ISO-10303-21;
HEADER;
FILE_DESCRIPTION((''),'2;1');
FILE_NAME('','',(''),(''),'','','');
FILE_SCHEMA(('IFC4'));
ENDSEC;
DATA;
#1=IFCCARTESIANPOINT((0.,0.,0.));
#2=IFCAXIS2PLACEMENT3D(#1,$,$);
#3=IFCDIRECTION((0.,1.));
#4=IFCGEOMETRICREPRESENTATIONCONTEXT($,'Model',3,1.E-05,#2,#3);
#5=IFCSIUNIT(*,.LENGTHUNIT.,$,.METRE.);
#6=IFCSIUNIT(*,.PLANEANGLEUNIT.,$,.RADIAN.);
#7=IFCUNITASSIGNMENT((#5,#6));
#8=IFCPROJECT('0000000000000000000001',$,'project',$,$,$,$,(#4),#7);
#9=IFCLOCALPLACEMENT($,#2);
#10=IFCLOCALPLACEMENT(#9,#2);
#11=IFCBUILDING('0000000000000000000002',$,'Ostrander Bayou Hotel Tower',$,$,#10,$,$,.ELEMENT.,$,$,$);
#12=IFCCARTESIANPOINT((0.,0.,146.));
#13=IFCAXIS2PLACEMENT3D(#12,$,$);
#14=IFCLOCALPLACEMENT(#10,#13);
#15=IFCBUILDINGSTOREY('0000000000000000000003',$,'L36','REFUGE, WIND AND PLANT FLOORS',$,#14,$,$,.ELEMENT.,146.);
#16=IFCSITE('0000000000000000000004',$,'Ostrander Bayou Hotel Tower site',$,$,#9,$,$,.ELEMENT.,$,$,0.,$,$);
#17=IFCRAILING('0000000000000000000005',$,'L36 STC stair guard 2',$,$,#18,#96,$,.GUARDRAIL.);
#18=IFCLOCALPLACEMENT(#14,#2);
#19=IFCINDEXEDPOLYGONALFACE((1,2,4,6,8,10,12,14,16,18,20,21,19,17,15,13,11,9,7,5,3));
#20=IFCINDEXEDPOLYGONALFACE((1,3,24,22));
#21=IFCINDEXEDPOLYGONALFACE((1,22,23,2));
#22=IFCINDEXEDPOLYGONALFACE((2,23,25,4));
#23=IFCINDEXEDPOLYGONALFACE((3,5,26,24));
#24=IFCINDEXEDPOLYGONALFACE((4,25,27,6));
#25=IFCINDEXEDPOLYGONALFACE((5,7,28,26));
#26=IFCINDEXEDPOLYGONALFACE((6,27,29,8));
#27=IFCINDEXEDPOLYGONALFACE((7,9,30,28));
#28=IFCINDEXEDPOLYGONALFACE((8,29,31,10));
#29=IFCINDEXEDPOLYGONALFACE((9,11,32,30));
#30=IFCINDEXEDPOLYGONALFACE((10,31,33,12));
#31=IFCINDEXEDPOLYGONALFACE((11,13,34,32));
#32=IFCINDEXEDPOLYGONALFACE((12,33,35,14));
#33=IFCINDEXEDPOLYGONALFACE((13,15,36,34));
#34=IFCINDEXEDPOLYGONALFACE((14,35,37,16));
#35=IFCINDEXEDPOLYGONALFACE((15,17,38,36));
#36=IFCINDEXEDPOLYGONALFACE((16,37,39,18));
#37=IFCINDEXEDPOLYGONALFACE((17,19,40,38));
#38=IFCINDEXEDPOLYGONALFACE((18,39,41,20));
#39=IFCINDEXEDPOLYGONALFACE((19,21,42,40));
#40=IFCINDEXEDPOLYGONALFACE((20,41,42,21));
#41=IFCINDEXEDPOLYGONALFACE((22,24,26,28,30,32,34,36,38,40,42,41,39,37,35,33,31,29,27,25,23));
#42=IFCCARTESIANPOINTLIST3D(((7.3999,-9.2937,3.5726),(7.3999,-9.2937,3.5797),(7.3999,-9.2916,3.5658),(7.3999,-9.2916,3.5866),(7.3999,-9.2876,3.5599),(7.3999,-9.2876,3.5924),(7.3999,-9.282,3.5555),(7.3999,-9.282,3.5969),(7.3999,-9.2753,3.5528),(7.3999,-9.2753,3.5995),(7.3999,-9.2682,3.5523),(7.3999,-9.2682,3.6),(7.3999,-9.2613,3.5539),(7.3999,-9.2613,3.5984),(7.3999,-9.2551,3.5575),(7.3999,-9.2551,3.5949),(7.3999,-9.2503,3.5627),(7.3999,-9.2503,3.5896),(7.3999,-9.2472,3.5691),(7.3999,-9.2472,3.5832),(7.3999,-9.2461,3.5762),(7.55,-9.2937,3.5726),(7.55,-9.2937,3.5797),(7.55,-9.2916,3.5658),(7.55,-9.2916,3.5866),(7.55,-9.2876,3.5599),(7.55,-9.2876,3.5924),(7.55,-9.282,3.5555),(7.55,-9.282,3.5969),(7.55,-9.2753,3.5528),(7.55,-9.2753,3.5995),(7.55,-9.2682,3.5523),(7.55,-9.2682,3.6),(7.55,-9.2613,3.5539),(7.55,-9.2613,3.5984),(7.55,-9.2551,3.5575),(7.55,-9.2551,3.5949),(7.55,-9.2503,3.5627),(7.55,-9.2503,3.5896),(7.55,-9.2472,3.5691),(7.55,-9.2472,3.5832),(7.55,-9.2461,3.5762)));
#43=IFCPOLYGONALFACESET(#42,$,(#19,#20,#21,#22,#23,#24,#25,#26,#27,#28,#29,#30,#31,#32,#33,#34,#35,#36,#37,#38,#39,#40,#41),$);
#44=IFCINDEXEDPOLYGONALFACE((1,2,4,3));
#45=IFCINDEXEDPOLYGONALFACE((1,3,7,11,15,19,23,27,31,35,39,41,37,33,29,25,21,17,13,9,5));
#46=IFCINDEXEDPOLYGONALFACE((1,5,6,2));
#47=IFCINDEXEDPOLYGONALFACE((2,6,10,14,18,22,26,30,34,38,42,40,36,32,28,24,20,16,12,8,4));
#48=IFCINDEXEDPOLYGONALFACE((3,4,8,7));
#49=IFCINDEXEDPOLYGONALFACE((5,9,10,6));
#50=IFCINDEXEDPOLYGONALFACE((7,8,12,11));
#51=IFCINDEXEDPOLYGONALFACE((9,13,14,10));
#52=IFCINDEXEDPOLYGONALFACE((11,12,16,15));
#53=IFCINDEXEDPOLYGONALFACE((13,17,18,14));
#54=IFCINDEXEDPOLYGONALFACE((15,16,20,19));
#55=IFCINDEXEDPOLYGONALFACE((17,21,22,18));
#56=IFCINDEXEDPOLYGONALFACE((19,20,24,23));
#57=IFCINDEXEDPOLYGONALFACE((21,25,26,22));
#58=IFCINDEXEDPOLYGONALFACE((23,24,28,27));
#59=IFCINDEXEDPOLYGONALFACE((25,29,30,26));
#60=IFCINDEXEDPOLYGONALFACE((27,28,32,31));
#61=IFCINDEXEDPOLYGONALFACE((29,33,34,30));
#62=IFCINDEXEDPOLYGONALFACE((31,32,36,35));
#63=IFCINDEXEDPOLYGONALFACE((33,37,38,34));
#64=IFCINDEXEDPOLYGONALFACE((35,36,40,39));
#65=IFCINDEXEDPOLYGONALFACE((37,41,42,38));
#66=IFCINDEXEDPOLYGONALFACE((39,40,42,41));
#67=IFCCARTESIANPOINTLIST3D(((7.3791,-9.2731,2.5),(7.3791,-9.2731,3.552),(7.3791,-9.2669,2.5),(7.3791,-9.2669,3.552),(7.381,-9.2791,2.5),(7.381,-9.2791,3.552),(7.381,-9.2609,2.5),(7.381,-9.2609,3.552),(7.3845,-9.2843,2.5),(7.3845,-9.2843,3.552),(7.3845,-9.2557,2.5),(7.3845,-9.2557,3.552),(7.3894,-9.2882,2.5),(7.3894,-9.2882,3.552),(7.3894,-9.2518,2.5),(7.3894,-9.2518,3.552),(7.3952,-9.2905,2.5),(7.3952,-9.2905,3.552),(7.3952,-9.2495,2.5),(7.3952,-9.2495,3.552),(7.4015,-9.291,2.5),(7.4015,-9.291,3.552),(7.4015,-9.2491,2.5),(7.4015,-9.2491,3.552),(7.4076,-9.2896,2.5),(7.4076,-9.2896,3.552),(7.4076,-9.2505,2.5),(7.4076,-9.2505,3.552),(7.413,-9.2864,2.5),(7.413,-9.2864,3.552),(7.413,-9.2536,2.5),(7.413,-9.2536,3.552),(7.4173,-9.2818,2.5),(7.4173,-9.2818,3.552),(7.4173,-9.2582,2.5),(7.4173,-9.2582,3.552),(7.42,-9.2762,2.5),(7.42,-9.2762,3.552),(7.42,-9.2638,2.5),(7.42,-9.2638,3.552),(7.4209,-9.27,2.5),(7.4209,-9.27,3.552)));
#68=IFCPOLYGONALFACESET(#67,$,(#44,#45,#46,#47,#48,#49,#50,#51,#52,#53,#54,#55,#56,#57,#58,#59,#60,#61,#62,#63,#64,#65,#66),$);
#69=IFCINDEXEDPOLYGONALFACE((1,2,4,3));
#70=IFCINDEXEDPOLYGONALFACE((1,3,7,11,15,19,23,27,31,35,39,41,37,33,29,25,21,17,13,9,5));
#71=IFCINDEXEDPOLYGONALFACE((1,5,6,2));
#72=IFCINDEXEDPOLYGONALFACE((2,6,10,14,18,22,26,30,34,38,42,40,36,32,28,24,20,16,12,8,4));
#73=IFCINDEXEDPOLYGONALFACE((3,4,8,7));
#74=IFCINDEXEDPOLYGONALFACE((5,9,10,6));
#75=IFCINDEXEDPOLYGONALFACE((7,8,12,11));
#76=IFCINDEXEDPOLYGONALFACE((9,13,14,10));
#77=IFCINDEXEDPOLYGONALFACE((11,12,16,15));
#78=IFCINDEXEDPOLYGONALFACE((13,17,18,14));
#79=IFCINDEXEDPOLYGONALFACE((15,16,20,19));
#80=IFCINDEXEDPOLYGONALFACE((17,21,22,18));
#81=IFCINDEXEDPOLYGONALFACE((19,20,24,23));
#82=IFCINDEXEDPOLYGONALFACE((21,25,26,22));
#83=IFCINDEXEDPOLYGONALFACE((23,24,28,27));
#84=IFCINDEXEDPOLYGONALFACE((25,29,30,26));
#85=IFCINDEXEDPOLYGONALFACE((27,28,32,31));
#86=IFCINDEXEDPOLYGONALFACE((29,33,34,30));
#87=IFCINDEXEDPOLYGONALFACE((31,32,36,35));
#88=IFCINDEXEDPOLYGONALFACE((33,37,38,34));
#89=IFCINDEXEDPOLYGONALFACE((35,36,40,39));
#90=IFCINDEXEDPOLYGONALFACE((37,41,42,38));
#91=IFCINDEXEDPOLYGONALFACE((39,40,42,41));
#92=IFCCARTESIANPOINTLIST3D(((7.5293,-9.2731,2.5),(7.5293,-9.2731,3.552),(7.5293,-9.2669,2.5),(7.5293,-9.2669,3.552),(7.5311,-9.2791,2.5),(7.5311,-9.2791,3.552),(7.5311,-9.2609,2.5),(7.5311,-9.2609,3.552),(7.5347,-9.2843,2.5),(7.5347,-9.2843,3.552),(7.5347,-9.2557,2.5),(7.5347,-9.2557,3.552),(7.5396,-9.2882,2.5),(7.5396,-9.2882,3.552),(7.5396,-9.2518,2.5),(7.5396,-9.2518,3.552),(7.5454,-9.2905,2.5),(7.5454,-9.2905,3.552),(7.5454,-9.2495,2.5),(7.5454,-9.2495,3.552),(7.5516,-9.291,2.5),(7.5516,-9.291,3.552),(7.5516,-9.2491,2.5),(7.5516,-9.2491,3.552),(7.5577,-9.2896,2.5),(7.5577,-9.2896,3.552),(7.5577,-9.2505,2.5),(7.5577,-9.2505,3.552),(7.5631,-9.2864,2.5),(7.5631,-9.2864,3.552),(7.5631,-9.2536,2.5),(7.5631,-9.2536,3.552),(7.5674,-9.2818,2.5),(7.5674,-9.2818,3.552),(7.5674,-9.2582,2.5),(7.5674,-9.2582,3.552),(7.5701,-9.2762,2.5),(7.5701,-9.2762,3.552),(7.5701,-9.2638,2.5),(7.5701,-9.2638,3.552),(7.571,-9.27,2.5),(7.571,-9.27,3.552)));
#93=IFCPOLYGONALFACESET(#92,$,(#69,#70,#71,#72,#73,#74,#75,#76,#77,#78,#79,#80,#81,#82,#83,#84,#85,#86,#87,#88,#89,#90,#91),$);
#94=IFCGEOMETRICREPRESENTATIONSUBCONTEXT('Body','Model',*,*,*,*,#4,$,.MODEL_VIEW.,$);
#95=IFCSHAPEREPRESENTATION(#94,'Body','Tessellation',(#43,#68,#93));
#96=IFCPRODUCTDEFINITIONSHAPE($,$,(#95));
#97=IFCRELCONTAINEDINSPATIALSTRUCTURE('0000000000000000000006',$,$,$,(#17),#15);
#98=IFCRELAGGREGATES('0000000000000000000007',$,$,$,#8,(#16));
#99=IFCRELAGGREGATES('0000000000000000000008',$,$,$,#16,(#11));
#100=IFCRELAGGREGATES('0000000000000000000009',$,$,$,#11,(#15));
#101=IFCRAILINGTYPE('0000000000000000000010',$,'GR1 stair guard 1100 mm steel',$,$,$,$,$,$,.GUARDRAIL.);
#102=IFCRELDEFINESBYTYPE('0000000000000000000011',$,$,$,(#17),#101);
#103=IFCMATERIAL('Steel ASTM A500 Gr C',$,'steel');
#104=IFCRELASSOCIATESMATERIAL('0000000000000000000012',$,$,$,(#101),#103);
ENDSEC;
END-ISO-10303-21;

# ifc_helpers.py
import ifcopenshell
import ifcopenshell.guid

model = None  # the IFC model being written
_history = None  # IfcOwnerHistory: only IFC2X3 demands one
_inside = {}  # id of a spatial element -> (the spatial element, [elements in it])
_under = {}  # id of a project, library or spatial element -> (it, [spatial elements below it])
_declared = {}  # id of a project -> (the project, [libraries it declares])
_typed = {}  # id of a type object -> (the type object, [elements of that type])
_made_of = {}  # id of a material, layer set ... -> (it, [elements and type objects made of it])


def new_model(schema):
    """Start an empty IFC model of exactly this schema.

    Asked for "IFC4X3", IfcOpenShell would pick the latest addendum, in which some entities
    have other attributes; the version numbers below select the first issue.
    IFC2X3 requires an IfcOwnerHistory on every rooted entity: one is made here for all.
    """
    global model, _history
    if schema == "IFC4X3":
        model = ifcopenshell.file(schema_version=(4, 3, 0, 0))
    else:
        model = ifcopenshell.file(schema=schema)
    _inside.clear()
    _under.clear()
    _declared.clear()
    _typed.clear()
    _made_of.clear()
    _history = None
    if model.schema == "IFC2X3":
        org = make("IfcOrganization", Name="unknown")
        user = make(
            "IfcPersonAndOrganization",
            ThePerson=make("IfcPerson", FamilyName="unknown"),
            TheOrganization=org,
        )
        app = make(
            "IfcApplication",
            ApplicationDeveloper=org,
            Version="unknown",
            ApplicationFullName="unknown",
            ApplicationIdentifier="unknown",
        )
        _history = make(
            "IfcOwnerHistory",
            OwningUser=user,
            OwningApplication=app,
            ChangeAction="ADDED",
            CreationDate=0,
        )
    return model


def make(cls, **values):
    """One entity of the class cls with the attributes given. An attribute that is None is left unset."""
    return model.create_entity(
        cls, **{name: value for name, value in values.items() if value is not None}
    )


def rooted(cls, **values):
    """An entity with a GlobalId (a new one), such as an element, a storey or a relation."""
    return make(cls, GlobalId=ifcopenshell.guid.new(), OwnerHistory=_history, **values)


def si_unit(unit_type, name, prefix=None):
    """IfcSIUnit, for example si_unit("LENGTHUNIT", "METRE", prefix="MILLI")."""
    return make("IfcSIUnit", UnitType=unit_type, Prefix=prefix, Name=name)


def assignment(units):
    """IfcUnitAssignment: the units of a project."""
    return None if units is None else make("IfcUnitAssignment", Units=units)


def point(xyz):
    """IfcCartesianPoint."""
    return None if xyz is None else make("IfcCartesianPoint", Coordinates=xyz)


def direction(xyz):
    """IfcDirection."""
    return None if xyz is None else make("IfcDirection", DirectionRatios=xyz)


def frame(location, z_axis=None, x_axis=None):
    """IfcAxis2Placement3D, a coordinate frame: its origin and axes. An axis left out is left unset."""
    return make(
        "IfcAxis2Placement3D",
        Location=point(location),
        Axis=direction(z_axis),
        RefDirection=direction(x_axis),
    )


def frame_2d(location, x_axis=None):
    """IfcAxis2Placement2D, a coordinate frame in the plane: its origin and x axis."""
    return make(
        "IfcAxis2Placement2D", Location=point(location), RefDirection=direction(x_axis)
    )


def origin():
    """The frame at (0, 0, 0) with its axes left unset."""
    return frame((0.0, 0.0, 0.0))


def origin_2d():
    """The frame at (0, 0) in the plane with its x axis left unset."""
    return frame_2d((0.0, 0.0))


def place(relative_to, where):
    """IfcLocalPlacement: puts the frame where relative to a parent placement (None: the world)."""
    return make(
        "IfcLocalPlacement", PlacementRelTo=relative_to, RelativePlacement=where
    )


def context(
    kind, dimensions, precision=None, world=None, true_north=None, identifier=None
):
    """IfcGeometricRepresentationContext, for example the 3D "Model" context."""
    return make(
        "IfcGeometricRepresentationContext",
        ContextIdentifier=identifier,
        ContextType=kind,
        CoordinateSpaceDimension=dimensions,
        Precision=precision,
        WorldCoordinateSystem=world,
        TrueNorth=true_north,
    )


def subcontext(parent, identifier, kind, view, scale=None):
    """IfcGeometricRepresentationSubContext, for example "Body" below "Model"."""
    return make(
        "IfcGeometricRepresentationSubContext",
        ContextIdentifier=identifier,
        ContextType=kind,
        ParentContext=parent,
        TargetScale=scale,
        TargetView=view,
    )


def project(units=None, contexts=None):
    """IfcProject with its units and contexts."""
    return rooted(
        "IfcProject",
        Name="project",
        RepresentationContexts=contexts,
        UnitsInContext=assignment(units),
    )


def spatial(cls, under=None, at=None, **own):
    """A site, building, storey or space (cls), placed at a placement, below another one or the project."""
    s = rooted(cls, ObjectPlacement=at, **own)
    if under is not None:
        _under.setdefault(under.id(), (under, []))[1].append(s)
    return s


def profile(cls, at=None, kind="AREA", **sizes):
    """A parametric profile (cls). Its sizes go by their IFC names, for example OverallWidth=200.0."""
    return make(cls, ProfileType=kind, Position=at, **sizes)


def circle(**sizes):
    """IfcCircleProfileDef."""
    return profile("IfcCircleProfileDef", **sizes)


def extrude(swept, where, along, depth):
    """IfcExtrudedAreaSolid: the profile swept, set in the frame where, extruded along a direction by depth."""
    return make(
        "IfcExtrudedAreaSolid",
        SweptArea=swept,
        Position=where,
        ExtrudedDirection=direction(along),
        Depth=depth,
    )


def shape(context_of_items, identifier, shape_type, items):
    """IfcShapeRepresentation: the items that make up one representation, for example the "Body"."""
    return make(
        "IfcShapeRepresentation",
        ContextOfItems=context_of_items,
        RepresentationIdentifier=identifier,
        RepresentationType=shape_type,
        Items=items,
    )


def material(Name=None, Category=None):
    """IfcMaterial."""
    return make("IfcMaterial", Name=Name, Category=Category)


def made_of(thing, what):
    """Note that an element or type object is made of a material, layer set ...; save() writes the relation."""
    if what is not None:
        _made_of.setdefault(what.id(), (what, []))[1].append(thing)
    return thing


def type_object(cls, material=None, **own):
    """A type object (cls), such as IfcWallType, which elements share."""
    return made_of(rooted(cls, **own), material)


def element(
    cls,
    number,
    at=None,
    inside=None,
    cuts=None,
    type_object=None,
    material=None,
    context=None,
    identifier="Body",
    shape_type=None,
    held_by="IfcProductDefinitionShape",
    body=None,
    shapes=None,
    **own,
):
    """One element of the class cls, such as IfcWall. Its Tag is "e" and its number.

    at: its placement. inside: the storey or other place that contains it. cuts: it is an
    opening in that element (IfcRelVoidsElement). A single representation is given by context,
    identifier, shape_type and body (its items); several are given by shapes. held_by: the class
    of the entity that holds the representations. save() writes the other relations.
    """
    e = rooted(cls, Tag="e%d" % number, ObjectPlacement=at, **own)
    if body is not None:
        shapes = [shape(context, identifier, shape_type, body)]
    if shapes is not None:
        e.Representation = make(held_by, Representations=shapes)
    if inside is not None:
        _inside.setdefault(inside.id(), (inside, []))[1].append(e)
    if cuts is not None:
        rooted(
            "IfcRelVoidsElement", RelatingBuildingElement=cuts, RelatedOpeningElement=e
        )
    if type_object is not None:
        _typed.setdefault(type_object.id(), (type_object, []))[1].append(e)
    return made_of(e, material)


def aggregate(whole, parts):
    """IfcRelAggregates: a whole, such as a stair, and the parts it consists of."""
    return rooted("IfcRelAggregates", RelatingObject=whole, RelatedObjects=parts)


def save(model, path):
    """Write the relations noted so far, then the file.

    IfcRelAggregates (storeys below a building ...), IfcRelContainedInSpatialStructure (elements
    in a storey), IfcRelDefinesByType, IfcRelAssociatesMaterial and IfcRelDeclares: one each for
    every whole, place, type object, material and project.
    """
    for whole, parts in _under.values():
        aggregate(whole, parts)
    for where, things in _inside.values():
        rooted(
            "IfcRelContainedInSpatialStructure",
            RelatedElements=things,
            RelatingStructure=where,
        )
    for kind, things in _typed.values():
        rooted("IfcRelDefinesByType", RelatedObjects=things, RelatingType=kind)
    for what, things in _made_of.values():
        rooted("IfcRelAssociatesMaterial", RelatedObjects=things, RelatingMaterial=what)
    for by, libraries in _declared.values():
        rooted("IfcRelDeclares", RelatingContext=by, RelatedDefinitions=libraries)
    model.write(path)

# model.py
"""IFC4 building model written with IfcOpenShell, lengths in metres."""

from ifc_helpers import new_model, si_unit, direction, frame, origin, origin_2d, place, context, subcontext, project, spatial, circle, extrude, material, type_object, element, save


model = new_model("IFC4")

# Units and contexts
model_context = context("Model", 3, precision=1e-05, world=origin(), true_north=direction((0.0, 1.0)))
body_context = subcontext(model_context, "Body", "Model", "MODEL_VIEW")
ifc_project = project(units=[si_unit("LENGTHUNIT", "METRE"), si_unit("PLANEANGLEUNIT", "RADIAN")], contexts=[model_context])

# Site, building, storey
site_placement = place(None, origin())
site = spatial("IfcSite", under=ifc_project, at=site_placement, Name="Ostrander Bayou Hotel Tower site", CompositionType="ELEMENT", RefElevation=0.0)
building_placement = place(site_placement, origin())
building = spatial("IfcBuilding", under=site, at=building_placement, Name="Ostrander Bayou Hotel Tower", CompositionType="ELEMENT")
storey_placement = place(building_placement, frame((0.0, 0.0, 146.0)))
storey = spatial("IfcBuildingStorey", under=building, at=storey_placement, Name="L36", Description="REFUGE, WIND AND PLANT FLOORS", CompositionType="ELEMENT", Elevation=146.0)

# Railing
ifc_material_1 = material(Name="Steel ASTM A500 Gr C", Category="steel")
railing_type_1 = type_object("IfcRailingType", Name="GR1 stair guard 1100 mm steel", PredefinedType="GUARDRAIL", material=ifc_material_1)
railing_1_placement = place(storey_placement, frame((7.3999, -9.27, 2.5)))
element("IfcRailing", 1, at=railing_1_placement, inside=storey, type_object=railing_type_1, Name="L36 STC stair guard 2", PredefinedType="GUARDRAIL", context=body_context, shape_type="SweptSolid", body=[
    extrude(circle(Radius=0.0239, at=origin_2d()), frame((0.0, 0.0, 1.0762), z_axis=(1.0, 0.0, 0.0), x_axis=(0.0, 1.0, 0.0)), (0.0, 0.0, 1.0), 0.1501),
    extrude(circle(Radius=0.021, at=origin_2d()), origin(), (0.0, 0.0, 1.0), 1.052),
    extrude(circle(Radius=0.021, at=origin_2d()), frame((0.1501, 0.0, 0.0)), (0.0, 0.0, 1.0), 1.052),
])

save(model, "model.ifc")
